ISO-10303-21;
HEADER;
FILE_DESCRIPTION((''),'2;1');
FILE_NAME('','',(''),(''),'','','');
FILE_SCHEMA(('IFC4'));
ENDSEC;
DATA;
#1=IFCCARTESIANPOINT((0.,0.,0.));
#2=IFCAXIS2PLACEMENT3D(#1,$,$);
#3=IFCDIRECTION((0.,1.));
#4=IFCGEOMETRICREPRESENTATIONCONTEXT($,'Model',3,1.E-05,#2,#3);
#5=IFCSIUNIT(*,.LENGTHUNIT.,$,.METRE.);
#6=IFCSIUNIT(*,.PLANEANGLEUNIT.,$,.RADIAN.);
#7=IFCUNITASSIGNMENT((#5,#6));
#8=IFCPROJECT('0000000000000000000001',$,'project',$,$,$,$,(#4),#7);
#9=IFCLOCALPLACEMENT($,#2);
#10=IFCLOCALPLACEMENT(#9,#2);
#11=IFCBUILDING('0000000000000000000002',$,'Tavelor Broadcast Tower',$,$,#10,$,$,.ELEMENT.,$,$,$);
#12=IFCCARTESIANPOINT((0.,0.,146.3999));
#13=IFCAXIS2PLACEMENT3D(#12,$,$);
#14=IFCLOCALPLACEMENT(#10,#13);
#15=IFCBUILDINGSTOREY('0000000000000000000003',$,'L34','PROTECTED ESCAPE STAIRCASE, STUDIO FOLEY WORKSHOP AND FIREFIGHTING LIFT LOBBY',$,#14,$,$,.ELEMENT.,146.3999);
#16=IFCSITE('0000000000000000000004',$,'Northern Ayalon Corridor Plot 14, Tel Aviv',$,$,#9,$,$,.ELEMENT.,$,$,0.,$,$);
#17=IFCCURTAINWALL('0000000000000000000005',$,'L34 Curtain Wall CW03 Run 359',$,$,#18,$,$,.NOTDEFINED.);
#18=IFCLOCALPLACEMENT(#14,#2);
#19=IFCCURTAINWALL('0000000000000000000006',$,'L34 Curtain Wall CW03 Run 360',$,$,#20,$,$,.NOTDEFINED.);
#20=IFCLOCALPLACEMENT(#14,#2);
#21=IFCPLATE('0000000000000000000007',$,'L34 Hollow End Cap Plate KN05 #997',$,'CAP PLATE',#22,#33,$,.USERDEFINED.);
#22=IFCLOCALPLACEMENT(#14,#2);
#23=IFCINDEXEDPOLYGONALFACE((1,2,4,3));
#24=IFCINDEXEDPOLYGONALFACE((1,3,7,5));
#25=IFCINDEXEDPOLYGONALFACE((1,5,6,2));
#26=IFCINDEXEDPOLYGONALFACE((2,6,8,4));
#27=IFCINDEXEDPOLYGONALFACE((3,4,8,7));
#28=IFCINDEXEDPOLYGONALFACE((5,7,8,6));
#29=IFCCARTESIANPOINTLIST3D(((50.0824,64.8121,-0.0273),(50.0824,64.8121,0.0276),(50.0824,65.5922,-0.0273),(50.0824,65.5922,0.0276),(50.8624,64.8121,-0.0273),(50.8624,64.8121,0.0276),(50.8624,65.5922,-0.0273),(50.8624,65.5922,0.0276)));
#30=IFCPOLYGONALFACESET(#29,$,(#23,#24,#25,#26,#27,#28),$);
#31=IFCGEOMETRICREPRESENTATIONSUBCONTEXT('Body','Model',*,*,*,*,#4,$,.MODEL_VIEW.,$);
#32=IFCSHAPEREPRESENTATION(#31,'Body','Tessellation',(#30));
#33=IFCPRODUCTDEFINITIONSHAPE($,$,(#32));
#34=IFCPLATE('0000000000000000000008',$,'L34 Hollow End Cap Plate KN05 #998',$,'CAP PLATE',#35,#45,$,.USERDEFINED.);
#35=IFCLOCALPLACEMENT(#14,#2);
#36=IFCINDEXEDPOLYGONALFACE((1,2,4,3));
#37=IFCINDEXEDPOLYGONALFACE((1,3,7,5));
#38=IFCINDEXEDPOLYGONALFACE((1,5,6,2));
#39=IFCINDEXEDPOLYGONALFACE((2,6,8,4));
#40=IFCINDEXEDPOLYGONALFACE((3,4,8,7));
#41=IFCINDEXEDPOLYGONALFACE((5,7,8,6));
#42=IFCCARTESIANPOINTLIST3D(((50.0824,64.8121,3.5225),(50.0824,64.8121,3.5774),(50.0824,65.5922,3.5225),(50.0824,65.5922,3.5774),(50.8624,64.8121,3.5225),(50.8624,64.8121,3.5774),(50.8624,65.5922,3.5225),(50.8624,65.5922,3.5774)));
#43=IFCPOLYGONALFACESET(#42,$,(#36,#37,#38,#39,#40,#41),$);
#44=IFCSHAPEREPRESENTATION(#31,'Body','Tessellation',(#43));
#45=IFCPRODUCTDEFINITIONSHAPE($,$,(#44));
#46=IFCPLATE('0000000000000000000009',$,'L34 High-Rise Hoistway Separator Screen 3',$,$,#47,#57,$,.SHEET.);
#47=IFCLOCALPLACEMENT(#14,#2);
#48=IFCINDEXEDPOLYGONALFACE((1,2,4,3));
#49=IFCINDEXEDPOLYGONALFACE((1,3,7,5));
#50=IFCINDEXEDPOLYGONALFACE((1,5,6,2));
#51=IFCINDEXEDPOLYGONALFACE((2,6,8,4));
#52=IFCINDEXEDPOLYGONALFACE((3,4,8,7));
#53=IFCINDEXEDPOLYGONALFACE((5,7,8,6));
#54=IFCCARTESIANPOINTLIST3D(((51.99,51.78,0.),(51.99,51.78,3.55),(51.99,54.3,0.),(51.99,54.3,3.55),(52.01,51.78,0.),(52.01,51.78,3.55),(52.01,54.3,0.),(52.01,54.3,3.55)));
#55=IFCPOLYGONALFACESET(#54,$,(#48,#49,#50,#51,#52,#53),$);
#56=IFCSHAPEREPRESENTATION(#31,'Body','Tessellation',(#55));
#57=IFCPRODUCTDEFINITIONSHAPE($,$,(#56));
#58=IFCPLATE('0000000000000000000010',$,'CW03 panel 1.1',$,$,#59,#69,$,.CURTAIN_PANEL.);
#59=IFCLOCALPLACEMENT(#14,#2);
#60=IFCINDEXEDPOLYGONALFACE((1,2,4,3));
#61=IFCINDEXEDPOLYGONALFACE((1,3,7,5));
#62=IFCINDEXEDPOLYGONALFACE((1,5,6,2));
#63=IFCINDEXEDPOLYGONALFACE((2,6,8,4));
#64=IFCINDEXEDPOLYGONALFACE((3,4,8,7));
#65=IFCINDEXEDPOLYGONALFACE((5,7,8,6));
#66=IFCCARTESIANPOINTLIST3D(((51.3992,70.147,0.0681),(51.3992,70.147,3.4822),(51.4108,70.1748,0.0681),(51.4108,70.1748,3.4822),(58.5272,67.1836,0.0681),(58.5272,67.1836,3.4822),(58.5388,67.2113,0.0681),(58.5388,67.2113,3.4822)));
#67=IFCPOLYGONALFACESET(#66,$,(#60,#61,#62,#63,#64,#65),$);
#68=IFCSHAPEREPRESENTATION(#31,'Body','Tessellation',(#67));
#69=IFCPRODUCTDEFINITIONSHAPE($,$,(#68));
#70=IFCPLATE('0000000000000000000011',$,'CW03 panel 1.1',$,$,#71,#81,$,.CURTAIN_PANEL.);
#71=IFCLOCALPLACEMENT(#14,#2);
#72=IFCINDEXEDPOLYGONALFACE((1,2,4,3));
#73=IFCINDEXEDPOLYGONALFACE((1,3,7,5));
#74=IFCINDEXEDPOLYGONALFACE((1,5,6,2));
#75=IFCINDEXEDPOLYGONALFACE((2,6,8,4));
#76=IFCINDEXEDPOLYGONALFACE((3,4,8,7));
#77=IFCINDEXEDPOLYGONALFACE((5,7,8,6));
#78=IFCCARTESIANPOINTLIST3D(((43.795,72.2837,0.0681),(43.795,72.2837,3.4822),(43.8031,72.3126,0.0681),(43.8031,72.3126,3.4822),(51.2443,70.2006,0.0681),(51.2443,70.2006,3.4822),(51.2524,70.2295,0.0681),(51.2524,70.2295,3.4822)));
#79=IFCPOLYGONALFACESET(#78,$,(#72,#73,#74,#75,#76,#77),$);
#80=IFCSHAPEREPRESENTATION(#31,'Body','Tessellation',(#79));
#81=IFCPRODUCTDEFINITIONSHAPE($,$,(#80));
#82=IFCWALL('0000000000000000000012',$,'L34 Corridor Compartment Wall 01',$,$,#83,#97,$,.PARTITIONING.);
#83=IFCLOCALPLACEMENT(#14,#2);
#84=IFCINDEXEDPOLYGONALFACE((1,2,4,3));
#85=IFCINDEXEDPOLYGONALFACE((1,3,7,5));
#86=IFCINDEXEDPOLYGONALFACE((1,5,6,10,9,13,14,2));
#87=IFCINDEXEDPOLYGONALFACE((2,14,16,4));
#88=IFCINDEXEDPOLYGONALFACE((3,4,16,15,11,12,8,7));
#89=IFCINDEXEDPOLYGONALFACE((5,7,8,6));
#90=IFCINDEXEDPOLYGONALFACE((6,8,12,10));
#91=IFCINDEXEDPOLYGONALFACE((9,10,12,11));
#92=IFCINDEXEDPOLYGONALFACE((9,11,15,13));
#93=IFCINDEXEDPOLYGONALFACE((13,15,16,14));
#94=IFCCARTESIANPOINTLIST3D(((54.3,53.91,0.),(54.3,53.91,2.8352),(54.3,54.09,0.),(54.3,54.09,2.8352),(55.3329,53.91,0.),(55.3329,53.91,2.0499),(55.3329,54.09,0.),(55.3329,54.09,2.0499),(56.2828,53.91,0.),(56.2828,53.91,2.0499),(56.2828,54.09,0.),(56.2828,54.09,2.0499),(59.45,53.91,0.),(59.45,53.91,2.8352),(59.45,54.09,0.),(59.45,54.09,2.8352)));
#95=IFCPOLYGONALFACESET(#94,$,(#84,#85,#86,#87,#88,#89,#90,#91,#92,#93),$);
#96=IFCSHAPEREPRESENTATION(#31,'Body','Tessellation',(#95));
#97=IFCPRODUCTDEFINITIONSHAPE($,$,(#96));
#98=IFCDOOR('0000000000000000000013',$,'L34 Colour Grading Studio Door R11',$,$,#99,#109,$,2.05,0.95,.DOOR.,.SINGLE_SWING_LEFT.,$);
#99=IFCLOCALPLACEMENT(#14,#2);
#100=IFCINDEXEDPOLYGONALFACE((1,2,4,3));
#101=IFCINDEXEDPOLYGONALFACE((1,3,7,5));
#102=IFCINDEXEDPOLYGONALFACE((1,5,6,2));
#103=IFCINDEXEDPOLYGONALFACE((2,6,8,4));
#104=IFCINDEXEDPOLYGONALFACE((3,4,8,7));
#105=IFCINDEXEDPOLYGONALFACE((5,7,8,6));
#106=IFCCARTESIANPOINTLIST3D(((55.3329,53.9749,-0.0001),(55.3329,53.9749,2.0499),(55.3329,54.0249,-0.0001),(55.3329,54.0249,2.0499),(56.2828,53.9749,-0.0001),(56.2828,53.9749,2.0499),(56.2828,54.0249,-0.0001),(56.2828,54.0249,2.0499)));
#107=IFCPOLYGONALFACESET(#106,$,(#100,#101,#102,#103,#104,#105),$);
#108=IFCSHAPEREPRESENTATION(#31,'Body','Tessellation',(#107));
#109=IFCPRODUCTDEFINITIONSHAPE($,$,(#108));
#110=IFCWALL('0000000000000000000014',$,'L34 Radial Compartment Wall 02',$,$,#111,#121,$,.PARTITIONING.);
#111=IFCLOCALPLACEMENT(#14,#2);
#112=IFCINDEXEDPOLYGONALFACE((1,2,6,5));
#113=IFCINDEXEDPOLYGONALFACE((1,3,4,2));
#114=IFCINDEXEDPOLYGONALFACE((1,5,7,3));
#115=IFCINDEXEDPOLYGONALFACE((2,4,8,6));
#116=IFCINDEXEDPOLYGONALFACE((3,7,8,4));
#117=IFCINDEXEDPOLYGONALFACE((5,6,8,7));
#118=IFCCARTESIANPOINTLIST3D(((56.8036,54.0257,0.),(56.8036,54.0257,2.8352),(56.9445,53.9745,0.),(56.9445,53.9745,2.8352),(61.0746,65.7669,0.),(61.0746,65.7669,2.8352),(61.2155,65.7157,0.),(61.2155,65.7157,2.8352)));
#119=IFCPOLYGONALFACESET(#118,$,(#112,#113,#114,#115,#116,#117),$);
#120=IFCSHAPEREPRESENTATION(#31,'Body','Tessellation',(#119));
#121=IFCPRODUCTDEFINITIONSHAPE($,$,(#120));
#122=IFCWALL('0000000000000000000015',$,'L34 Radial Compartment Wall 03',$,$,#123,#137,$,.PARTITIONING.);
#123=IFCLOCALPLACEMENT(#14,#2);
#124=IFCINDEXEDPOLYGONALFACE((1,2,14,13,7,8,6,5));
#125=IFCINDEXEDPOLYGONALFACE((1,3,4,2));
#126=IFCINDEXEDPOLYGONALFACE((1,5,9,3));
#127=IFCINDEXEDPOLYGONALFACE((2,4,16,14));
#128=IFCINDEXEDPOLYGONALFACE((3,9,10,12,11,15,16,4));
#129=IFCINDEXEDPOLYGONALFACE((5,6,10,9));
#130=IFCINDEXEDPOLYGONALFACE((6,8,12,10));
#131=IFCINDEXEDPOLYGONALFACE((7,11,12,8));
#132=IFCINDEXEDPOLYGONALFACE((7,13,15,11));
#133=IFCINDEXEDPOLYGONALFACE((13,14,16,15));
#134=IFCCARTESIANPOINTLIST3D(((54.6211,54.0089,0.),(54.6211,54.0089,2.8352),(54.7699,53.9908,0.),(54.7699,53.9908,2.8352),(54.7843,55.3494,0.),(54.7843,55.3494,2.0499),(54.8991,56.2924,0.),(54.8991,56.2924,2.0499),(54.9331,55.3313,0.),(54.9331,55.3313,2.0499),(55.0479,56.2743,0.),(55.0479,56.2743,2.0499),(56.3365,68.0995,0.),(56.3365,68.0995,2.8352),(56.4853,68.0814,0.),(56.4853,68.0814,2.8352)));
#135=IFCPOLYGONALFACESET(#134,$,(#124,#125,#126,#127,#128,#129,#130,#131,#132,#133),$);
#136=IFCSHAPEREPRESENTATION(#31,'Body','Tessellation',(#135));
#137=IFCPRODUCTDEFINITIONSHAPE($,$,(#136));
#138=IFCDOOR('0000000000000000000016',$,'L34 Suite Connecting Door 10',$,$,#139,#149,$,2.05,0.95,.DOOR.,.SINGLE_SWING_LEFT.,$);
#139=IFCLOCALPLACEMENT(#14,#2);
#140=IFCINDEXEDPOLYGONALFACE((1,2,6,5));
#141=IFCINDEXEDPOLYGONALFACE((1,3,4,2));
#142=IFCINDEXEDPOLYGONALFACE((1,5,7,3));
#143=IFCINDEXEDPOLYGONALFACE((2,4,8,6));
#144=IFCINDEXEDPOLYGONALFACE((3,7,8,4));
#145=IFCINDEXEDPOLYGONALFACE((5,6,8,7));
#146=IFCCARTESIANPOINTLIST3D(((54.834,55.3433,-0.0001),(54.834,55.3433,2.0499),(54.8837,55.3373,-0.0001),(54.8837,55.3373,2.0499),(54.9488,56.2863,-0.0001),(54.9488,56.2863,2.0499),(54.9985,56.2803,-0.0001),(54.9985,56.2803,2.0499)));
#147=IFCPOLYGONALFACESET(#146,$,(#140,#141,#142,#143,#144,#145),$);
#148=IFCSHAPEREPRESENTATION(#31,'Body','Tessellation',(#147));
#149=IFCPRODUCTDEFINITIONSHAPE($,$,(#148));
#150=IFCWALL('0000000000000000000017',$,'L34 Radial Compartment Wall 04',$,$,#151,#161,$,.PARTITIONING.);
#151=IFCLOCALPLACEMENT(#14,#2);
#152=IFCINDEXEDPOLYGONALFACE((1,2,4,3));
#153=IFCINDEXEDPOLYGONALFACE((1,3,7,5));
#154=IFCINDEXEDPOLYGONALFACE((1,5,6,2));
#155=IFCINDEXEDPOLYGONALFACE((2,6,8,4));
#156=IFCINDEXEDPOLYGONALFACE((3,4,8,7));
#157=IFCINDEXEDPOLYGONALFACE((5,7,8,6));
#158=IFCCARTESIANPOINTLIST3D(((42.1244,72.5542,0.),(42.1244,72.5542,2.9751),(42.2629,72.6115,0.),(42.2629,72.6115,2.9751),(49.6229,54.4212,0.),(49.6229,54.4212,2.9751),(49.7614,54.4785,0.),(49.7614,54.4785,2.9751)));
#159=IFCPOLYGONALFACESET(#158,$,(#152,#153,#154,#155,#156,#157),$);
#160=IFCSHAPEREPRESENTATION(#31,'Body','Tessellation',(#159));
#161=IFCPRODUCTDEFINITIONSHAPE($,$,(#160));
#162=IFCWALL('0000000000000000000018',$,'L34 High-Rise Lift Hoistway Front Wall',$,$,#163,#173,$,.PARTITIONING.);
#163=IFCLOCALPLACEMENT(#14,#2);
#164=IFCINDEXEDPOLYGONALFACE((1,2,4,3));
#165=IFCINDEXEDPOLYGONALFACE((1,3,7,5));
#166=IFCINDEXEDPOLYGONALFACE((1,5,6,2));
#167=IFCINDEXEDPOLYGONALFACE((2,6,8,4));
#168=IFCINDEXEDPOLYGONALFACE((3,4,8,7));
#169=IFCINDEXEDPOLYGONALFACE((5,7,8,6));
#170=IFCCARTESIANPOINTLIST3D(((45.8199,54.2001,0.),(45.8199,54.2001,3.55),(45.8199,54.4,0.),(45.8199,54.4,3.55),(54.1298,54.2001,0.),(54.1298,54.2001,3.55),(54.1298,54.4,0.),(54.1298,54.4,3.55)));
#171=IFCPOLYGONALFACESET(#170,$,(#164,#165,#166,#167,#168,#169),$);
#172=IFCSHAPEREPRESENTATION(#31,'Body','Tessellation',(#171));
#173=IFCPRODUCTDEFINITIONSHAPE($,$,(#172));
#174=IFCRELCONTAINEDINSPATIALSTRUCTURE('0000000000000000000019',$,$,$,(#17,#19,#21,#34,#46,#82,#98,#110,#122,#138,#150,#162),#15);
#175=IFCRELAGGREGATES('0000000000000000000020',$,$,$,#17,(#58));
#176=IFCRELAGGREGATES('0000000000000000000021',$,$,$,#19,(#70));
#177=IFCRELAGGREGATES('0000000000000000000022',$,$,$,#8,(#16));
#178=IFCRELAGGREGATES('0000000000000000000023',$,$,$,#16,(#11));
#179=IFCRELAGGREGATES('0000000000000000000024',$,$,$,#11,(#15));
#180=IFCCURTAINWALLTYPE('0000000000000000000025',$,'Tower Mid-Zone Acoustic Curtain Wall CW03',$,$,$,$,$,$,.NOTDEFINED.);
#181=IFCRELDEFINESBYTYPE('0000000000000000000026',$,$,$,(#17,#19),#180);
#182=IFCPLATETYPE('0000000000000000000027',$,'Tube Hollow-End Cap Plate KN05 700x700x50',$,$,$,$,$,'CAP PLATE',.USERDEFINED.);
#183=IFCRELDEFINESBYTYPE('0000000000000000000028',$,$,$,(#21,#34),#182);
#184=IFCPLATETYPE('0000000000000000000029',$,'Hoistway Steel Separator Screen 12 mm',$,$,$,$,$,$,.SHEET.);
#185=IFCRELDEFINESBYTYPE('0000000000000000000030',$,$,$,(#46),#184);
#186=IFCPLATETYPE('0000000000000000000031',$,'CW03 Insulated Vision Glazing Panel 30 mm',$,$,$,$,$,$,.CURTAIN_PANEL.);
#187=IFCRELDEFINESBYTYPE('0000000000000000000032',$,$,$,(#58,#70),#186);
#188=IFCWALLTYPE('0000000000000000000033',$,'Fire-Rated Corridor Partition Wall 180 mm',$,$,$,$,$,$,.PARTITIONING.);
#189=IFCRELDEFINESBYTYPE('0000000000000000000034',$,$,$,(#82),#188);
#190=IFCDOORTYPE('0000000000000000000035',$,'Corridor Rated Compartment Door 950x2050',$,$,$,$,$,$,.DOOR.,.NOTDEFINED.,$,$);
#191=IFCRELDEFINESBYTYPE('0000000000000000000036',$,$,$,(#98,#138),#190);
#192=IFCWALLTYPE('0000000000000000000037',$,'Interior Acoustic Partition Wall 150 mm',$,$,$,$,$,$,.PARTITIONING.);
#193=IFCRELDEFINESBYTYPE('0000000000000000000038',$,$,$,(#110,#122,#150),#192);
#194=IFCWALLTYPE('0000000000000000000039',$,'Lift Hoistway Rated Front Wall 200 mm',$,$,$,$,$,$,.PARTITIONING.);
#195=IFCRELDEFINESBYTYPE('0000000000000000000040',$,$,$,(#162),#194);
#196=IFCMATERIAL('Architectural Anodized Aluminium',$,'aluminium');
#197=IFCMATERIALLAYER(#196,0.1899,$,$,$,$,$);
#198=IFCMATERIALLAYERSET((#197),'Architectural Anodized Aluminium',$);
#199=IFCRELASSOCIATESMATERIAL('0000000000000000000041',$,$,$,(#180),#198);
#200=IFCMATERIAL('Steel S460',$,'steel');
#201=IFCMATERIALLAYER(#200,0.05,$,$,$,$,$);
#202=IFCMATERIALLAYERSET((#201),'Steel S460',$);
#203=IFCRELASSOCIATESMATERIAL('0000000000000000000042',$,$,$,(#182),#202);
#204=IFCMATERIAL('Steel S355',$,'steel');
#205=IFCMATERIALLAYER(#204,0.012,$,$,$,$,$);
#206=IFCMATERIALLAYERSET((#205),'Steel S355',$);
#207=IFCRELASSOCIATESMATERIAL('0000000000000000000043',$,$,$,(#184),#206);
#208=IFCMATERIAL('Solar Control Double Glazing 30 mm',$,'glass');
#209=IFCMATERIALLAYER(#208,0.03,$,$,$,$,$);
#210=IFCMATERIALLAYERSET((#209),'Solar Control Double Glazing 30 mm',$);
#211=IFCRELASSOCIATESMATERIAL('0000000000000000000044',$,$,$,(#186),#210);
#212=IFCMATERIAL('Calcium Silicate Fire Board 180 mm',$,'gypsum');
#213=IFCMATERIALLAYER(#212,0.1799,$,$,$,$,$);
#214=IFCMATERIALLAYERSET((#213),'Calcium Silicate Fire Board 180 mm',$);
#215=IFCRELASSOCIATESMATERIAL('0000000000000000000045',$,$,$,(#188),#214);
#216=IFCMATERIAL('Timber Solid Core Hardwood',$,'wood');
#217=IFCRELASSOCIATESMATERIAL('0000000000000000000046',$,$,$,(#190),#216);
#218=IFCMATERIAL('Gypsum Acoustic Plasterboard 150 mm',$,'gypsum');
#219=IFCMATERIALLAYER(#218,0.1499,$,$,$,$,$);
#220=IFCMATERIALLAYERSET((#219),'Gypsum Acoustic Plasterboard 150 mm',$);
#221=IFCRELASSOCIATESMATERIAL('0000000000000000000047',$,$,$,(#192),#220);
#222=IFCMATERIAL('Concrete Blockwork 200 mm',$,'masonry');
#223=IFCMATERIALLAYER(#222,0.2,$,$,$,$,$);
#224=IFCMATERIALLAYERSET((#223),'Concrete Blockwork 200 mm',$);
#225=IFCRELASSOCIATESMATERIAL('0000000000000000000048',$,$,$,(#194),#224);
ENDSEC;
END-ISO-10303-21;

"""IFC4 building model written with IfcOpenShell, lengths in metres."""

from ifc_helpers import new_model, si_unit, direction, frame, frame_2d, origin, origin_2d, place, context, subcontext, project, spatial, rectangle, extrude, source, transform, mapped, material, layer, layer_set, type_object, type_shapes, element, fill, aggregate, save


model = new_model("IFC4")

# Units and contexts
model_context = context("Model", 3, precision=1e-05, world=origin(), true_north=direction((0.0, 1.0)))
body_context = subcontext(model_context, "Body", "Model", "MODEL_VIEW")
ifc_project = project(units=[si_unit("LENGTHUNIT", "METRE"), si_unit("PLANEANGLEUNIT", "RADIAN")], contexts=[model_context])

# Site, building, storey
site_placement = place(None, origin())
site = spatial("IfcSite", under=ifc_project, at=site_placement, Name="Northern Ayalon Corridor Plot 14, Tel Aviv", CompositionType="ELEMENT", RefElevation=0.0)
building_placement = place(site_placement, origin())
building = spatial("IfcBuilding", under=site, at=building_placement, Name="Tavelor Broadcast Tower", CompositionType="ELEMENT")
storey_placement = place(building_placement, frame((0.0, 0.0, 146.3999)))
storey = spatial("IfcBuildingStorey", under=building, at=storey_placement, Name="L34", Description="PROTECTED ESCAPE STAIRCASE, STUDIO FOLEY WORKSHOP AND FIREFIGHTING LIFT LOBBY", CompositionType="ELEMENT", Elevation=146.3999)

# Shared definitions
ifc_material_1 = material(Name="Steel S460", Category="steel")

# Shared definitions
ifc_material_2 = material(Name="Steel S355", Category="steel")

# Curtain wall
ifc_material_3 = material(Name="Architectural Anodized Aluminium", Category="aluminium")
ifc_layer_1 = layer(ifc_material_3, 0.1899)
ifc_layer_set_1 = layer_set([ifc_layer_1], Name="Architectural Anodized Aluminium")
curtain_wall_type = type_object("IfcCurtainWallType", Name="Tower Mid-Zone Acoustic Curtain Wall CW03", PredefinedType="NOTDEFINED", material=ifc_layer_set_1)
curtain_wall_1_placement = place(storey_placement, origin())
curtain_wall_1 = element("IfcCurtainWall", 1, at=curtain_wall_1_placement, inside=storey, type_object=curtain_wall_type, Name="L34 Curtain Wall CW03 Run 359", PredefinedType="NOTDEFINED")

# Curtain wall
curtain_wall_2_placement = place(storey_placement, origin())
curtain_wall_2 = element("IfcCurtainWall", 2, at=curtain_wall_2_placement, inside=storey, type_object=curtain_wall_type, Name="L34 Curtain Wall CW03 Run 360", PredefinedType="NOTDEFINED")

# Plates
ifc_layer_2 = layer(ifc_material_1, 0.05)
ifc_layer_set_2 = layer_set([ifc_layer_2], Name="Steel S460")
plate_type_1 = type_object("IfcPlateType", Name="Tube Hollow-End Cap Plate KN05 700x700x50", ElementType="CAP PLATE", PredefinedType="USERDEFINED", material=ifc_layer_set_2)
shared_shape_1 = source(origin(), body_context, "Body", "SweptSolid", [
    extrude(rectangle(XDim=0.78, YDim=0.78, at=origin_2d()), origin(), (0.0, 0.0, 1.0), 0.0549),
])
type_shapes(plate_type_1, [shared_shape_1])
for number, where, z_axis, x_axis, name in (
    (3, (50.4724, 65.2021, -0.0273), (0.0, 0.0, 1.0), (1.0, 0.0, 0.0), "L34 Hollow End Cap Plate KN05 #997"),
    (4, (50.4724, 65.2021, 3.5225), (0.0, 0.0, 1.0), (1.0, 0.0, 0.0), "L34 Hollow End Cap Plate KN05 #998"),
):
    element("IfcPlate", number, at=place(storey_placement, frame(where, z_axis=z_axis, x_axis=x_axis)), inside=storey, type_object=plate_type_1, Name=name, ObjectType="CAP PLATE", PredefinedType="USERDEFINED", context=body_context, shape_type="MappedRepresentation", body=[
        mapped(shared_shape_1, transform((0.0, 0.0, 0.0), scale=1.0)),
    ])
ifc_layer_3 = layer(ifc_material_2, 0.012)
ifc_layer_set_3 = layer_set([ifc_layer_3], Name="Steel S355")
plate_type_2 = type_object("IfcPlateType", Name="Hoistway Steel Separator Screen 12 mm", PredefinedType="SHEET", material=ifc_layer_set_3)
shared_shape_2 = source(origin(), body_context, "Body", "SweptSolid", [
    extrude(rectangle(XDim=0.02, YDim=2.52, at=origin_2d()), origin(), (0.0, 0.0, 1.0), 3.55),
])
type_shapes(plate_type_2, [shared_shape_2])
plate_1_placement = place(storey_placement, frame((52.0, 53.04, 0.0), z_axis=(0.0, 0.0, 1.0), x_axis=(1.0, 0.0, 0.0)))
element("IfcPlate", 5, at=plate_1_placement, inside=storey, type_object=plate_type_2, Name="L34 High-Rise Hoistway Separator Screen 3", PredefinedType="SHEET", context=body_context, shape_type="MappedRepresentation", body=[
    mapped(shared_shape_2, transform((0.0, 0.0, 0.0), scale=1.0)),
])

# Plates
ifc_material_4 = material(Name="Solar Control Double Glazing 30 mm", Category="glass")
ifc_layer_4 = layer(ifc_material_4, 0.03)
ifc_layer_set_4 = layer_set([ifc_layer_4], Name="Solar Control Double Glazing 30 mm")
plate_type_3 = type_object("IfcPlateType", Name="CW03 Insulated Vision Glazing Panel 30 mm", PredefinedType="CURTAIN_PANEL", material=ifc_layer_set_4)
shared_shape_3 = source(origin(), body_context, "Body", "SweptSolid", [
    extrude(rectangle(XDim=7.7195, YDim=0.03, at=origin_2d()), origin(), (0.0, 0.0, 1.0), 3.4141),
])
plate_2_placement = place(storey_placement, frame((54.969, 68.6792, 0.0681), z_axis=(0.0, 0.0, 1.0), x_axis=(-0.923379, 0.383889, 0.0)))
plate_2 = element("IfcPlate", 6, at=plate_2_placement, type_object=plate_type_3, Name="CW03 panel 1.1", PredefinedType="CURTAIN_PANEL", context=body_context, shape_type="MappedRepresentation", body=[
    mapped(shared_shape_3, transform((0.0, 0.0, 0.0), scale=1.0)),
])
aggregate(curtain_wall_1, [plate_2])
shared_shape_4 = source(origin(), body_context, "Body", "SweptSolid", [
    extrude(rectangle(XDim=7.7351, YDim=0.03, at=origin_2d()), origin(), (0.0, 0.0, 1.0), 3.4141),
])
type_shapes(plate_type_3, [shared_shape_3, shared_shape_4])
plate_3_placement = place(storey_placement, frame((47.5237, 71.2566, 0.0681), z_axis=(0.0, 0.0, 1.0), x_axis=(-0.963053, 0.26931, 0.0)))
plate_3 = element("IfcPlate", 7, at=plate_3_placement, type_object=plate_type_3, Name="CW03 panel 1.1", PredefinedType="CURTAIN_PANEL", context=body_context, shape_type="MappedRepresentation", body=[
    mapped(shared_shape_4, transform((0.0, 0.0, 0.0), scale=1.0)),
])
aggregate(curtain_wall_2, [plate_3])

# Wall, opening, door
ifc_material_5 = material(Name="Calcium Silicate Fire Board 180 mm", Category="gypsum")
ifc_layer_5 = layer(ifc_material_5, 0.1799)
ifc_layer_set_5 = layer_set([ifc_layer_5], Name="Calcium Silicate Fire Board 180 mm")
wall_type_1 = type_object("IfcWallType", Name="Fire-Rated Corridor Partition Wall 180 mm", PredefinedType="PARTITIONING", material=ifc_layer_set_5)
wall_1_placement = place(storey_placement, frame((54.3, 54.0, 0.0), z_axis=(0.0, 0.0, 1.0), x_axis=(1.0, 0.0, 0.0)))
wall_1 = element("IfcWall", 8, at=wall_1_placement, inside=storey, type_object=wall_type_1, Name="L34 Corridor Compartment Wall 01", PredefinedType="PARTITIONING", context=body_context, shape_type="SweptSolid", body=[
    extrude(rectangle(XDim=5.1499, YDim=0.1799, at=frame_2d((2.575, 0.0))), origin(), (0.0, 0.0, 1.0), 2.8352),
])
opening_1_placement = place(wall_1_placement, frame((1.0327, 0.0, 0.0)))
opening_1 = element("IfcOpeningElement", 9, at=opening_1_placement, cuts=wall_1, PredefinedType="OPENING", context=body_context, shape_type="SweptSolid", body=[
    extrude(rectangle(XDim=0.95, YDim=2.05, at=frame_2d((0.4751, 1.0249))), frame((0.0, 0.1001, 0.0), z_axis=(0.0, -1.0, 0.0), x_axis=(1.0, 0.0, 0.0)), (0.0, 0.0, 1.0), 0.2),
])
ifc_material_6 = material(Name="Timber Solid Core Hardwood", Category="wood")
door_type = type_object("IfcDoorType", Name="Corridor Rated Compartment Door 950x2050", OperationType="NOTDEFINED", PredefinedType="DOOR", material=ifc_material_6)
door_1_placement = place(opening_1_placement, origin())
door_1 = element("IfcDoor", 10, at=door_1_placement, inside=storey, type_object=door_type, Name="L34 Colour Grading Studio Door R11", OperationType="SINGLE_SWING_LEFT", OverallHeight=2.05, OverallWidth=0.95, PredefinedType="DOOR", context=body_context, shape_type="SweptSolid", body=[
    extrude(rectangle(XDim=0.95, YDim=2.05, at=frame_2d((0.4751, 1.0249))), frame((0.0, 0.0249, 0.0), z_axis=(0.0, -1.0, 0.0), x_axis=(1.0, 0.0, 0.0)), (0.0, 0.0, 1.0), 0.05),
])
fill(opening_1, door_1)

# Wall
ifc_material_7 = material(Name="Gypsum Acoustic Plasterboard 150 mm", Category="gypsum")
ifc_layer_6 = layer(ifc_material_7, 0.1499)
ifc_layer_set_6 = layer_set([ifc_layer_6], Name="Gypsum Acoustic Plasterboard 150 mm")
wall_type_2 = type_object("IfcWallType", Name="Interior Acoustic Partition Wall 150 mm", PredefinedType="PARTITIONING", material=ifc_layer_set_6)
wall_2_placement = place(storey_placement, frame((56.874, 54.0, 0.0), z_axis=(0.0, 0.0, 1.0), x_axis=(0.341847, 0.939756, 0.0)))
element("IfcWall", 11, at=wall_2_placement, inside=storey, type_object=wall_type_2, Name="L34 Radial Compartment Wall 02", PredefinedType="PARTITIONING", context=body_context, shape_type="SweptSolid", body=[
    extrude(rectangle(XDim=12.4939, YDim=0.1499, at=frame_2d((6.2471, 0.0))), origin(), (0.0, 0.0, 1.0), 2.8352),
])

# Wall, opening, door
wall_3_placement = place(storey_placement, frame((54.6956, 54.0, 0.0), z_axis=(0.0, 0.0, 1.0), x_axis=(0.120844, 0.992672, 0.0)))
wall_3 = element("IfcWall", 12, at=wall_3_placement, inside=storey, type_object=wall_type_2, Name="L34 Radial Compartment Wall 03", PredefinedType="PARTITIONING", context=body_context, shape_type="SweptSolid", body=[
    extrude(rectangle(XDim=14.1946, YDim=0.1499, at=frame_2d((7.0972, 0.0))), origin(), (0.0, 0.0, 1.0), 2.8352),
])
opening_2_placement = place(wall_3_placement, frame((1.3501, 0.0, 0.0)))
opening_2 = element("IfcOpeningElement", 13, at=opening_2_placement, cuts=wall_3, PredefinedType="OPENING", context=body_context, shape_type="SweptSolid", body=[
    extrude(rectangle(XDim=0.95, YDim=2.05, at=frame_2d((0.4751, 1.0249))), frame((0.0, 0.085, 0.0), z_axis=(0.0, -1.0, 0.0), x_axis=(1.0, 0.0, 0.0)), (0.0, 0.0, 1.0), 0.1699),
])
door_2_placement = place(opening_2_placement, origin())
door_2 = element("IfcDoor", 14, at=door_2_placement, inside=storey, type_object=door_type, Name="L34 Suite Connecting Door 10", OperationType="SINGLE_SWING_LEFT", OverallHeight=2.05, OverallWidth=0.95, PredefinedType="DOOR", context=body_context, shape_type="SweptSolid", body=[
    extrude(rectangle(XDim=0.95, YDim=2.05, at=frame_2d((0.4751, 1.0249))), frame((0.0, 0.0249, 0.0), z_axis=(0.0, -1.0, 0.0), x_axis=(1.0, 0.0, 0.0)), (0.0, 0.0, 1.0), 0.05),
])
fill(opening_2, door_2)

# Walls
wall_4_placement = place(storey_placement, frame((49.6921, 54.45, 0.0), z_axis=(0.0, 0.0, 1.0), x_axis=(-0.382143, 0.924103, 0.0)))
element("IfcWall", 15, at=wall_4_placement, inside=storey, type_object=wall_type_2, Name="L34 Radial Compartment Wall 04", PredefinedType="PARTITIONING", context=body_context, shape_type="SweptSolid", body=[
    extrude(rectangle(XDim=19.6223, YDim=0.1499, at=frame_2d((9.811, 0.0))), origin(), (0.0, 0.0, 1.0), 2.9751),
])
ifc_material_8 = material(Name="Concrete Blockwork 200 mm", Category="masonry")
ifc_layer_7 = layer(ifc_material_8, 0.2)
ifc_layer_set_7 = layer_set([ifc_layer_7], Name="Concrete Blockwork 200 mm")
wall_type_3 = type_object("IfcWallType", Name="Lift Hoistway Rated Front Wall 200 mm", PredefinedType="PARTITIONING", material=ifc_layer_set_7)
wall_5_placement = place(storey_placement, frame((45.8201, 54.3, 0.0), z_axis=(0.0, 0.0, 1.0), x_axis=(1.0, 0.0, 0.0)))
element("IfcWall", 16, at=wall_5_placement, inside=storey, type_object=wall_type_3, Name="L34 High-Rise Lift Hoistway Front Wall", PredefinedType="PARTITIONING", context=body_context, shape_type="SweptSolid", body=[
    extrude(rectangle(XDim=8.3098, YDim=0.2, at=frame_2d((4.1548, 0.0))), origin(), (0.0, 0.0, 1.0), 3.55),
])

save(model, "model.ifc")
